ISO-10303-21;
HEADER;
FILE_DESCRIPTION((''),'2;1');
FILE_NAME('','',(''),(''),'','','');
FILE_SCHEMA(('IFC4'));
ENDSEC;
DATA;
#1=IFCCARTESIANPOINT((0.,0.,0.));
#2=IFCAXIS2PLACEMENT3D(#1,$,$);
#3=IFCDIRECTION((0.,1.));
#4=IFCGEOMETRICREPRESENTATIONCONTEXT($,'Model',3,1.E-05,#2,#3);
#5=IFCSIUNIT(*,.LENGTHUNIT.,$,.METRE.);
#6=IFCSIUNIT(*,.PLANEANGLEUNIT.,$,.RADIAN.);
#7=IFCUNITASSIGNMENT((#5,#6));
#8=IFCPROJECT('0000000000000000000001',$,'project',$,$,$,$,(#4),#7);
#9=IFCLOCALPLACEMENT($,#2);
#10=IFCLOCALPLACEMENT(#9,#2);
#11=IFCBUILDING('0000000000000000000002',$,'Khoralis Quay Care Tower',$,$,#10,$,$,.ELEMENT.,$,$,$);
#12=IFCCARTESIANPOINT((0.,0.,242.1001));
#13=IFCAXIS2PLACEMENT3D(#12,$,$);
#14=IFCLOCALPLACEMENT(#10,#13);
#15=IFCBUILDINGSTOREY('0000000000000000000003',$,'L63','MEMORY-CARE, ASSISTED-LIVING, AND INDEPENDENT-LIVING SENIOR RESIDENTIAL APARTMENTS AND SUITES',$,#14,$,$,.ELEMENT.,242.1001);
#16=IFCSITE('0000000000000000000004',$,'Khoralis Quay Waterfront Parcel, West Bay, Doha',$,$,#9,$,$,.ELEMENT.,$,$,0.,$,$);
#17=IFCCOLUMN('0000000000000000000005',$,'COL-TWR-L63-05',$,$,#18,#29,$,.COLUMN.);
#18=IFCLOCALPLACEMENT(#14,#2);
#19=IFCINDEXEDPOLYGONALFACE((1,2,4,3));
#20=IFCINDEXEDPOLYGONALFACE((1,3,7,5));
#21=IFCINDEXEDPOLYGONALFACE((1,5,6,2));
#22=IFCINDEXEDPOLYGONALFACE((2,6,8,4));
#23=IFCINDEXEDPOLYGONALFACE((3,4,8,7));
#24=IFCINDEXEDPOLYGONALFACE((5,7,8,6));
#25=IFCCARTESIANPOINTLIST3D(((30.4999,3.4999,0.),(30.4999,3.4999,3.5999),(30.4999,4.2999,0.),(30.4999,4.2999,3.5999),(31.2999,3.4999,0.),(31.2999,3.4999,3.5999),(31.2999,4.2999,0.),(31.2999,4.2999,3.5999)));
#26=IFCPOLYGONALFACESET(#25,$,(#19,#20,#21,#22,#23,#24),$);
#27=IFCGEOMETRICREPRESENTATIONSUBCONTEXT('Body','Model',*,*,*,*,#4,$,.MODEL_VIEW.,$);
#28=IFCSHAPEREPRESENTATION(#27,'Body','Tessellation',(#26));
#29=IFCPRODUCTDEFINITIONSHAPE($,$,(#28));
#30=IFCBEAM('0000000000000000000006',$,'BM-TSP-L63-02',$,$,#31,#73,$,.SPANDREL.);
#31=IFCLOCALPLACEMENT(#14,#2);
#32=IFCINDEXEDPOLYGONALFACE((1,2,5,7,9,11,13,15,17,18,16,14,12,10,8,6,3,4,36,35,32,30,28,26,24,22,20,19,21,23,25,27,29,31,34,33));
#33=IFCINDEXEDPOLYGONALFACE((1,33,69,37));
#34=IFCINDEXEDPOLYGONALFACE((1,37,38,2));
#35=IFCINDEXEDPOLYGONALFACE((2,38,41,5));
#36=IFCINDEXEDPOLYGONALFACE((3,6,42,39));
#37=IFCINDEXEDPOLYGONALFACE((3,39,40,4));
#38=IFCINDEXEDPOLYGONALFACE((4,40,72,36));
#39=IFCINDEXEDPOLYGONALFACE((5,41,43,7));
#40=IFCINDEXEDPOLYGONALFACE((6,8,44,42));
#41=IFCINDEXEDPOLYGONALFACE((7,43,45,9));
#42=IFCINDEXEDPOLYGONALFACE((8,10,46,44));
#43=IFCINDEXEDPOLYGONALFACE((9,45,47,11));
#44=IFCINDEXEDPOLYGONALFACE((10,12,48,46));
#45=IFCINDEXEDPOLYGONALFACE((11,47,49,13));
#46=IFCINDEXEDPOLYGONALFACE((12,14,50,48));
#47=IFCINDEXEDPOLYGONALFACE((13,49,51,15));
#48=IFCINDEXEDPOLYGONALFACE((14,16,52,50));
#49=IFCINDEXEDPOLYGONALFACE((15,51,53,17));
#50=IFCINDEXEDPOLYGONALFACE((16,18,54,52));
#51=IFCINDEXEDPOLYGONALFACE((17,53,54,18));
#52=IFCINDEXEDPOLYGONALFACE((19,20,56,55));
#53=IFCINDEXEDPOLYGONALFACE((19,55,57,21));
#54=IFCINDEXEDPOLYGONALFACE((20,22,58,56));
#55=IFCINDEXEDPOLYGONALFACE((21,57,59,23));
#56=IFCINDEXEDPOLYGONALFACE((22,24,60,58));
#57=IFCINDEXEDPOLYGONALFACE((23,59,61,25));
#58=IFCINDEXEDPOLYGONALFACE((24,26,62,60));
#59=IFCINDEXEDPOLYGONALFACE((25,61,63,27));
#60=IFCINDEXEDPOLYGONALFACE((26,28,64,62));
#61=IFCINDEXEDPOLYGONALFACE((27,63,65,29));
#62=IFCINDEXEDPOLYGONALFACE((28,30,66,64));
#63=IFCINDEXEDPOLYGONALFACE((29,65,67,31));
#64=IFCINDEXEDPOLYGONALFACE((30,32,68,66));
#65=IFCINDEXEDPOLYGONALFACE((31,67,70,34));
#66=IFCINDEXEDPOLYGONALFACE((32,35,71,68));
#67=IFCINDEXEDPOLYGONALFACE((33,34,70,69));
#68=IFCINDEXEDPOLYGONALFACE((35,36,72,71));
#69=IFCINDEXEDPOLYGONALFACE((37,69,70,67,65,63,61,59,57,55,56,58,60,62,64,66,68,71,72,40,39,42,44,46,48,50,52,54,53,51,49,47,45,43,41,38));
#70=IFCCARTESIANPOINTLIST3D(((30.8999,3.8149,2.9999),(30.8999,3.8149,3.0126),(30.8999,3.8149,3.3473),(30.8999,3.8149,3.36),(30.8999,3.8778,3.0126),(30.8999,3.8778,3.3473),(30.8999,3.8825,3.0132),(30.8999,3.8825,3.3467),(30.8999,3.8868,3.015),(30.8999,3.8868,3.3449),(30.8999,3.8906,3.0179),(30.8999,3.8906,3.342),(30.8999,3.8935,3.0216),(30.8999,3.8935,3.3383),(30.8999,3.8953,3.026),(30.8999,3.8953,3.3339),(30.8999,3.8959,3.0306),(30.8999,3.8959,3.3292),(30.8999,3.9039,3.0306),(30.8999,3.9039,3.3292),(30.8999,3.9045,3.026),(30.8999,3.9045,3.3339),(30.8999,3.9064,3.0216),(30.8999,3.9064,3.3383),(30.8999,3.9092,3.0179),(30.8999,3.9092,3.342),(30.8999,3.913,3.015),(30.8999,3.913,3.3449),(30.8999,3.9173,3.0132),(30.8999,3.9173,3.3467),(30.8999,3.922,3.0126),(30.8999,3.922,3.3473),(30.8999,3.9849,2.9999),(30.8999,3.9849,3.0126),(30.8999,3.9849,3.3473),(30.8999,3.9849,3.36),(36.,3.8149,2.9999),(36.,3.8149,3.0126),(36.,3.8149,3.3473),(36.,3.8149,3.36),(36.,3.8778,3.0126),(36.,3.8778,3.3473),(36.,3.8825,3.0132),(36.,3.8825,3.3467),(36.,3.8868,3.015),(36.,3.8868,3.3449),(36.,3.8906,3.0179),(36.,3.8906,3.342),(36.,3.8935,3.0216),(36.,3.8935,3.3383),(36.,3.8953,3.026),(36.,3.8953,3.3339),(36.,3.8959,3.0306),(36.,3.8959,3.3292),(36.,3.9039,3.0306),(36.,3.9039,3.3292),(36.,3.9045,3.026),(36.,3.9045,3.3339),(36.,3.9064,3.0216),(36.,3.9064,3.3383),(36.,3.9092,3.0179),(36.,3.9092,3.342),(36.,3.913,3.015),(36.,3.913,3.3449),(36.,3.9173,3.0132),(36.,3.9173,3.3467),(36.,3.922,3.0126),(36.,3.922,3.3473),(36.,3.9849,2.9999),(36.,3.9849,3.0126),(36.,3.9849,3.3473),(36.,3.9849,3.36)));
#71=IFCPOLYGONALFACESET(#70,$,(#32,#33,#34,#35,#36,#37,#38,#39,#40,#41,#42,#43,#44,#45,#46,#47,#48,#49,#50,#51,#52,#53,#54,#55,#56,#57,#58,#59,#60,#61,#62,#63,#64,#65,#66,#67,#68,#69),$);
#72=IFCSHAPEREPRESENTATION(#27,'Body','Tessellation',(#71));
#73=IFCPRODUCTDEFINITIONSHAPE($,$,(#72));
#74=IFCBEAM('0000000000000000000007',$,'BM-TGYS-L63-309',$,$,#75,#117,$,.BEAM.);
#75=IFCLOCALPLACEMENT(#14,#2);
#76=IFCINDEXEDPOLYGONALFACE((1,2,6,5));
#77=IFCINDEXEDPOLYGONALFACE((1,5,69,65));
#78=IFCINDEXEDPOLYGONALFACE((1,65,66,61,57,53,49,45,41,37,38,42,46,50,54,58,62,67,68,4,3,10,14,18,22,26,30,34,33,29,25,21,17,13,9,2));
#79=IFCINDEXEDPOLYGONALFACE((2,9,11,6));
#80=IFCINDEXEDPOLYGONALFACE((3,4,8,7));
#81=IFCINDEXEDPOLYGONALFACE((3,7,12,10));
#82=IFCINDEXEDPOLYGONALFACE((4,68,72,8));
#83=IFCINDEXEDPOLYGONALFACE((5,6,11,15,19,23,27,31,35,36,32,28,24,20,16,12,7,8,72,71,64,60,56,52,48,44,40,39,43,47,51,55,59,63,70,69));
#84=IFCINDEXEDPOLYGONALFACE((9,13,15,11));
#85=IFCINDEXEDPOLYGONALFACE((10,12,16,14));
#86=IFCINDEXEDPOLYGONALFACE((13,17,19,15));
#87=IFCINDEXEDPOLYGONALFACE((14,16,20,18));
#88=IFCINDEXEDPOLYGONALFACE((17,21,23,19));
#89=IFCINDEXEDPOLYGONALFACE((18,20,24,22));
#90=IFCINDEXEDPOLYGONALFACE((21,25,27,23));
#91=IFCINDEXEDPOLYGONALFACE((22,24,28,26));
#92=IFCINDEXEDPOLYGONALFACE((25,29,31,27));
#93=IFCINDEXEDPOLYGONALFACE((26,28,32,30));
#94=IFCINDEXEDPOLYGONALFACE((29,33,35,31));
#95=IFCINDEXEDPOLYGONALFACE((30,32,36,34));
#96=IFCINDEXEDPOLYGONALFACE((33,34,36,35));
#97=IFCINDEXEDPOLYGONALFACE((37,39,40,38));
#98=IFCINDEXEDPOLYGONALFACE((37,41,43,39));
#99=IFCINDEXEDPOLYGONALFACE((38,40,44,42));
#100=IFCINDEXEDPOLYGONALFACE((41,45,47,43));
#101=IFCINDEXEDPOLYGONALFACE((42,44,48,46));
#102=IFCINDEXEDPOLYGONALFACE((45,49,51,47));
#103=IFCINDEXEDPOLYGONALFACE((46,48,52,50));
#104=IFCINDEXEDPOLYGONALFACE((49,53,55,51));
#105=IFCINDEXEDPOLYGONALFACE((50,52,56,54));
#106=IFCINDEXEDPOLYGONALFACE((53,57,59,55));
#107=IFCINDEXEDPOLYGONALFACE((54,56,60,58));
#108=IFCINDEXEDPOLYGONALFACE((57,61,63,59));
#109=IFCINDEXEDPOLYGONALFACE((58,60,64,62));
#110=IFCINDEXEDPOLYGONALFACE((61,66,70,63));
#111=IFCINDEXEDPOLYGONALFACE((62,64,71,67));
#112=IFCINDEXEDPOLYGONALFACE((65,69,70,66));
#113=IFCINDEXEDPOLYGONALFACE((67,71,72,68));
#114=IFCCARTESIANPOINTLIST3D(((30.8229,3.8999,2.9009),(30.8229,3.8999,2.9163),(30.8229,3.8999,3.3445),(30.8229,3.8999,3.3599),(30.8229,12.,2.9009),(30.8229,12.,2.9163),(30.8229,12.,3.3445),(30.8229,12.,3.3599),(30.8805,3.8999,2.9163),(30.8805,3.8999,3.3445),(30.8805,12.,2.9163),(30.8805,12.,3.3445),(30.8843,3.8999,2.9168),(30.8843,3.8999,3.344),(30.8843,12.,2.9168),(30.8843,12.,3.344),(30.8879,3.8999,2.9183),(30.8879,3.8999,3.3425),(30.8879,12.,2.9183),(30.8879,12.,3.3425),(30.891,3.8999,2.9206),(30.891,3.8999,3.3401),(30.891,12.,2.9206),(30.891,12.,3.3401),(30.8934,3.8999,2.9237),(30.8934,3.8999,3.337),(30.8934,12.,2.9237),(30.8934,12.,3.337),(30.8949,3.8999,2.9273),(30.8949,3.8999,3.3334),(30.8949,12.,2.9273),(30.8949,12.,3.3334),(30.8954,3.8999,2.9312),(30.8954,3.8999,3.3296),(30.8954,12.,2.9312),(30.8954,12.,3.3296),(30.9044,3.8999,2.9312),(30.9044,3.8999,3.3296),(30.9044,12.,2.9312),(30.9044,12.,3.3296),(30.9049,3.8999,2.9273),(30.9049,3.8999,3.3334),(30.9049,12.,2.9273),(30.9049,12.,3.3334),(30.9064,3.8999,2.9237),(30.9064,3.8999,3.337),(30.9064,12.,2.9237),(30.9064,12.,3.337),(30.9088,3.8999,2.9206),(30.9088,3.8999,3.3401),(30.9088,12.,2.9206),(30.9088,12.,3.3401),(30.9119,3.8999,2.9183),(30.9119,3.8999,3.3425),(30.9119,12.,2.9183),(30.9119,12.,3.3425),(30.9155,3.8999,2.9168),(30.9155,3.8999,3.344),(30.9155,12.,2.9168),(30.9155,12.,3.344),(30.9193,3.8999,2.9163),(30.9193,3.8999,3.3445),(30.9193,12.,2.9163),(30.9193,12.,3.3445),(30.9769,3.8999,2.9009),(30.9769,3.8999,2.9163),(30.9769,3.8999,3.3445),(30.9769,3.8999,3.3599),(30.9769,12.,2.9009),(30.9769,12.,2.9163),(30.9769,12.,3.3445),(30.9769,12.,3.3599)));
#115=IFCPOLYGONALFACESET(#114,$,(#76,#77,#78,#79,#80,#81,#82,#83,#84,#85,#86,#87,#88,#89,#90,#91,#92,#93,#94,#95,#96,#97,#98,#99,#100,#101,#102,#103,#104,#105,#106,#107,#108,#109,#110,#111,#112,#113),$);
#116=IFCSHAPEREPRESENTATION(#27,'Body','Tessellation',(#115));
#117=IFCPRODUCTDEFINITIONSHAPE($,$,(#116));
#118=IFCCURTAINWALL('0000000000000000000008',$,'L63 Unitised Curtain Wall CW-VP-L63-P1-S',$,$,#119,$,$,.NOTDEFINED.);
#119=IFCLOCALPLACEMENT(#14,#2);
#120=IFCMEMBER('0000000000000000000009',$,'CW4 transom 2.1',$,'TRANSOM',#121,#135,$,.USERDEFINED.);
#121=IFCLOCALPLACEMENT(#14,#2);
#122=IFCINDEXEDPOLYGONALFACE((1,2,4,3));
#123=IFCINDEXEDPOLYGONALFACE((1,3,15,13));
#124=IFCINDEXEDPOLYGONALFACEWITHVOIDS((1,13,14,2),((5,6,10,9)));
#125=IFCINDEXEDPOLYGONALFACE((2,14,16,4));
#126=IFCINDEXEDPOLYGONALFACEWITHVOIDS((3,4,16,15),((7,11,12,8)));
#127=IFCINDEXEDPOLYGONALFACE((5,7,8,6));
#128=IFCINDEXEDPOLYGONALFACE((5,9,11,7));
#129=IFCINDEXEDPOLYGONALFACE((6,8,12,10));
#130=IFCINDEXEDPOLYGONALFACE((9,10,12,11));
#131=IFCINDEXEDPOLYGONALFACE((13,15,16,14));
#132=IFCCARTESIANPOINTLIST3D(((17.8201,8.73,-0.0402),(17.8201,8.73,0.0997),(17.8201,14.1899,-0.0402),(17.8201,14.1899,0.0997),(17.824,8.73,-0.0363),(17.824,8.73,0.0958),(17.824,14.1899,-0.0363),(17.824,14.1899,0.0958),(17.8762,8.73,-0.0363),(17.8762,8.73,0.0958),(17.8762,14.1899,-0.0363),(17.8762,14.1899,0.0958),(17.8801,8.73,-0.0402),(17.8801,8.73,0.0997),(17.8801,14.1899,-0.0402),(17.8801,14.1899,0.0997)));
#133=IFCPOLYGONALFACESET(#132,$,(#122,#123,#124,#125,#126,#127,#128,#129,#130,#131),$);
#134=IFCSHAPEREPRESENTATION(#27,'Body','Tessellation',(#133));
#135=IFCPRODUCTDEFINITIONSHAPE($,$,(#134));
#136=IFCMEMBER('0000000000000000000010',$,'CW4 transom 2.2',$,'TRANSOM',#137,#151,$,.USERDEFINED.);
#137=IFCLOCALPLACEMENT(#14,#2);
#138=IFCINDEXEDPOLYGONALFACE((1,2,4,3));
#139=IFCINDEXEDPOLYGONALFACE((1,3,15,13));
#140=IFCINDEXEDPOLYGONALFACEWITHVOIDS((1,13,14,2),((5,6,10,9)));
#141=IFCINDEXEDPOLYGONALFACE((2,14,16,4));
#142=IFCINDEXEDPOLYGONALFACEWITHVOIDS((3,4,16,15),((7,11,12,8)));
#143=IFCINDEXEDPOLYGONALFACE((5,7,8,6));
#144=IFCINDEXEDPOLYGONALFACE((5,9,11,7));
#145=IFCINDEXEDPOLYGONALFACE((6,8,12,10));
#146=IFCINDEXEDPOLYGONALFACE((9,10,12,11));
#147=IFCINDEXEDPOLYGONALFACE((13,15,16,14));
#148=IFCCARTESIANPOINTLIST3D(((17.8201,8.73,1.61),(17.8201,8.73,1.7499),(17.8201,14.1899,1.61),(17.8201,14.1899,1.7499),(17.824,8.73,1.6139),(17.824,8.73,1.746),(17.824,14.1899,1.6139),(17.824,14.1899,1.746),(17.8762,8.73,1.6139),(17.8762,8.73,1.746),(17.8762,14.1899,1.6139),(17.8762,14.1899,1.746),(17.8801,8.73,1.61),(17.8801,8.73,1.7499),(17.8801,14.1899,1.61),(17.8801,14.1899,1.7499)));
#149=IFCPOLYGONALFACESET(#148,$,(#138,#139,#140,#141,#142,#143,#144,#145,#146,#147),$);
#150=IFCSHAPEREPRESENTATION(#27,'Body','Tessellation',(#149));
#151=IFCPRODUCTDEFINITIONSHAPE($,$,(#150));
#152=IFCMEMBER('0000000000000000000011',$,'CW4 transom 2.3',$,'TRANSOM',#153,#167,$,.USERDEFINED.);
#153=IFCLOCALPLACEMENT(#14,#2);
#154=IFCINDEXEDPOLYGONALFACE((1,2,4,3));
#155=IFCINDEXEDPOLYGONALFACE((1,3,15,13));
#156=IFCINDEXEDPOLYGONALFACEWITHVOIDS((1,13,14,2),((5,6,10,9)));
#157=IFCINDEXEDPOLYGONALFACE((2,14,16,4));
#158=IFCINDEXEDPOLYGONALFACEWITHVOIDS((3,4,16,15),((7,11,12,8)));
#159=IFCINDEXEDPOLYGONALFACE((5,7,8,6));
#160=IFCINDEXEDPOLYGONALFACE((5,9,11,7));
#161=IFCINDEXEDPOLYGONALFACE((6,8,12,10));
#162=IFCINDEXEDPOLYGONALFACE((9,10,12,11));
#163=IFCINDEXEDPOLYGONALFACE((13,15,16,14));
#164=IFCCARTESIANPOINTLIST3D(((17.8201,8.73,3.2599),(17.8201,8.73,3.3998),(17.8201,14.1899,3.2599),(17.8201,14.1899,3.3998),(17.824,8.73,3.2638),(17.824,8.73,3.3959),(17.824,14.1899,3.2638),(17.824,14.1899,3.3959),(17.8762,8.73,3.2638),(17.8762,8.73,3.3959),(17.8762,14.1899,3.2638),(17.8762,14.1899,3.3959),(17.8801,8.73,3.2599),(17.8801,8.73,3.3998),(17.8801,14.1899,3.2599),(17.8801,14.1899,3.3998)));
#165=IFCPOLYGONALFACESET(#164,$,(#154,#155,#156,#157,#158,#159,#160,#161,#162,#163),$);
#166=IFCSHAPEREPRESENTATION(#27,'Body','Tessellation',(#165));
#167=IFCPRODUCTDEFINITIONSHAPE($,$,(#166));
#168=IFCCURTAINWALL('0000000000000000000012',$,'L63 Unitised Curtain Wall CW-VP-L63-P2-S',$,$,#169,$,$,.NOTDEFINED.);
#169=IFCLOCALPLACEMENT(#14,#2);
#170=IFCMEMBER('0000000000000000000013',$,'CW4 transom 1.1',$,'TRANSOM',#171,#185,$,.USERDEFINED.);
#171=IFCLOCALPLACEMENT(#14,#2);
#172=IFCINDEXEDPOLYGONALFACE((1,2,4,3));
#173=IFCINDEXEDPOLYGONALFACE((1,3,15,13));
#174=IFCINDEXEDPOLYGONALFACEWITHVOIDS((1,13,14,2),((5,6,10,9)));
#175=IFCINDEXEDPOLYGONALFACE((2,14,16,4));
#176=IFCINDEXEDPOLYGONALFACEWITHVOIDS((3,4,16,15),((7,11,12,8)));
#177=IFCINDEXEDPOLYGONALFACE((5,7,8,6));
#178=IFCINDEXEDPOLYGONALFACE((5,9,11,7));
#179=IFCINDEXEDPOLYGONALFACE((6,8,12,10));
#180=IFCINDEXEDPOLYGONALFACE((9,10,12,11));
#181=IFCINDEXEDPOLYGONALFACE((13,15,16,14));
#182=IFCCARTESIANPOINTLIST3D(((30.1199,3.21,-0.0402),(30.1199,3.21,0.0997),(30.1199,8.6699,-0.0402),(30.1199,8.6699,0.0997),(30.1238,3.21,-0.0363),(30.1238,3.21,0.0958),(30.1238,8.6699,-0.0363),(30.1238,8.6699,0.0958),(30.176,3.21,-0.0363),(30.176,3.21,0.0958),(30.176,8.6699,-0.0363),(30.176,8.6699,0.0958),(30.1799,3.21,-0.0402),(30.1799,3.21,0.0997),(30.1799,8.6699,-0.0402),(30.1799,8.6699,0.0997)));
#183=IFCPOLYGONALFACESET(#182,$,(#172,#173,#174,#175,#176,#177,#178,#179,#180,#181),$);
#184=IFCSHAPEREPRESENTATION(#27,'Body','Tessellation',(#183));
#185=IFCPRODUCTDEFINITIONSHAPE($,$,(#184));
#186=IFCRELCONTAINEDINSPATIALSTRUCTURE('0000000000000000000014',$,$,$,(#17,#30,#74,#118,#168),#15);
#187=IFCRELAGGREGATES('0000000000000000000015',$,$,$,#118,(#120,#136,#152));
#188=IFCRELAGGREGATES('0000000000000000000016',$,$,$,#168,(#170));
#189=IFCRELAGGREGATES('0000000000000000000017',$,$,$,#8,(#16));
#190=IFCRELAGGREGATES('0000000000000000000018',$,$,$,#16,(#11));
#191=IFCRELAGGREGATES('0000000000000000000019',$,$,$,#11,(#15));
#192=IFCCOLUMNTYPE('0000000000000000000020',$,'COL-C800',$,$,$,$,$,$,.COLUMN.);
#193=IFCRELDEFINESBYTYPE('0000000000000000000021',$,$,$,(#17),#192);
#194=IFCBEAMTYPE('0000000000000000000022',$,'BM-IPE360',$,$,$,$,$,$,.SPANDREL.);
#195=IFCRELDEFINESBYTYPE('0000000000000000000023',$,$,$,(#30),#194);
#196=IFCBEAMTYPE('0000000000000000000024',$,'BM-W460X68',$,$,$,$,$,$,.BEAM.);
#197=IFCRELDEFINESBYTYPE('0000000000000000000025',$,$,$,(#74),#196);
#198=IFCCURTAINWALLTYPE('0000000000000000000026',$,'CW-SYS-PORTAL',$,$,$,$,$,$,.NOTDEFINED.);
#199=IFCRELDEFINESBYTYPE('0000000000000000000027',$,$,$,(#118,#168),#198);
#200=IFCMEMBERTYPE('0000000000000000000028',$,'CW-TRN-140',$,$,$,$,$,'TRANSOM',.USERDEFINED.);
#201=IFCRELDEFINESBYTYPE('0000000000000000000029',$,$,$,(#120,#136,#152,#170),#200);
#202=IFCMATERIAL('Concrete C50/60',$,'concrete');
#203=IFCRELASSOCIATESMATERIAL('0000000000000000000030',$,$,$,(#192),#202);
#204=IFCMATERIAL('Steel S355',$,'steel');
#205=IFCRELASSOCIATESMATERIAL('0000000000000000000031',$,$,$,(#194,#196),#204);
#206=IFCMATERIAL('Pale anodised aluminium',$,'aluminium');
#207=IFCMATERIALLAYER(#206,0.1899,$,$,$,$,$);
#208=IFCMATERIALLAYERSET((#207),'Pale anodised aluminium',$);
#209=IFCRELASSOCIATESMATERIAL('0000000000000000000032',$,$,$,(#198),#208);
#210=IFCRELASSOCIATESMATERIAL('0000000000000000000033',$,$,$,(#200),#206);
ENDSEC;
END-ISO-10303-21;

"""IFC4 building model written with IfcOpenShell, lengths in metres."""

from ifc_helpers import new_model, si_unit, direction, frame, origin, origin_2d, place, context, subcontext, project, spatial, rectangle, hollow_rectangle, i_section, extrude, source, transform, mapped, material, layer, layer_set, material_profile, profile_set, type_object, element, aggregate, save


model = new_model("IFC4")

# Units and contexts
model_context = context("Model", 3, precision=1e-05, world=origin(), true_north=direction((0.0, 1.0)))
body_context = subcontext(model_context, "Body", "Model", "MODEL_VIEW")
ifc_project = project(units=[si_unit("LENGTHUNIT", "METRE"), si_unit("PLANEANGLEUNIT", "RADIAN")], contexts=[model_context])

# Site, building, storey
site_placement = place(None, origin())
site = spatial("IfcSite", under=ifc_project, at=site_placement, Name="Khoralis Quay Waterfront Parcel, West Bay, Doha", CompositionType="ELEMENT", RefElevation=0.0)
building_placement = place(site_placement, origin())
building = spatial("IfcBuilding", under=site, at=building_placement, Name="Khoralis Quay Care Tower", CompositionType="ELEMENT")
storey_placement = place(building_placement, frame((0.0, 0.0, 242.1001)))
storey = spatial("IfcBuildingStorey", under=building, at=storey_placement, Name="L63", Description="MEMORY-CARE, ASSISTED-LIVING, AND INDEPENDENT-LIVING SENIOR RESIDENTIAL APARTMENTS AND SUITES", CompositionType="ELEMENT", Elevation=242.1001)

# Column
ifc_material_1 = material(Name="Concrete C50/60", Category="concrete")
ifc_material_profile_1 = material_profile(ifc_material_1, rectangle(XDim=0.8, YDim=0.8, at=origin_2d()), Name="Concrete C50/60")
ifc_profile_set_1 = profile_set([ifc_material_profile_1], Name="Concrete C50/60")
column_type = type_object("IfcColumnType", Name="COL-C800", PredefinedType="COLUMN", material=ifc_profile_set_1)
shared_shape_1 = source(origin(), body_context, "Body", "SweptSolid", [
    extrude(rectangle(XDim=0.8, YDim=0.8, at=origin_2d()), origin(), (0.0, 0.0, 1.0), 3.5999),
])
column_placement = place(storey_placement, frame((30.8999, 3.8999, 0.0), z_axis=(0.0, 0.0, 1.0), x_axis=(1.0, 0.0, 0.0)))
element("IfcColumn", 1, at=column_placement, inside=storey, type_object=column_type, Name="COL-TWR-L63-05", PredefinedType="COLUMN", context=body_context, shape_type="MappedRepresentation", body=[
    mapped(shared_shape_1, transform((0.0, 0.0, 0.0), scale=1.0)),
])

# Beams
ifc_material_2 = material(Name="Steel S355", Category="steel")
ifc_material_profile_2 = material_profile(ifc_material_2, i_section(OverallWidth=0.1699, OverallDepth=0.3601, WebThickness=0.0081, FlangeThickness=0.0127, FilletRadius=0.0181, at=origin_2d()), Name="Steel S355")
ifc_profile_set_2 = profile_set([ifc_material_profile_2], Name="Steel S355")
beam_type_1 = type_object("IfcBeamType", Name="BM-IPE360", PredefinedType="SPANDREL", material=ifc_profile_set_2)
shared_shape_2 = source(origin(), body_context, "Body", "SweptSolid", [
    extrude(i_section(OverallWidth=0.1699, OverallDepth=0.3601, WebThickness=0.0081, FlangeThickness=0.0127, FilletRadius=0.0181, at=origin_2d()), origin(), (0.0, 0.0, 1.0), 5.1001),
])
beam_1_placement = place(storey_placement, frame((30.8999, 3.8999, 3.1799), z_axis=(1.0, 0.0, 0.0), x_axis=(0.0, 1.0, 0.0)))
element("IfcBeam", 2, at=beam_1_placement, inside=storey, type_object=beam_type_1, Name="BM-TSP-L63-02", PredefinedType="SPANDREL", context=body_context, shape_type="MappedRepresentation", body=[
    mapped(shared_shape_2, transform((0.0, 0.0, 0.0), scale=1.0)),
])
ifc_material_profile_3 = material_profile(ifc_material_2, i_section(OverallWidth=0.1541, OverallDepth=0.459, WebThickness=0.009, FlangeThickness=0.0154, FilletRadius=0.0149, at=origin_2d()), Name="Steel S355")
ifc_profile_set_3 = profile_set([ifc_material_profile_3], Name="Steel S355")
beam_type_2 = type_object("IfcBeamType", Name="BM-W460X68", PredefinedType="BEAM", material=ifc_profile_set_3)
shared_shape_3 = source(origin(), body_context, "Body", "SweptSolid", [
    extrude(i_section(OverallWidth=0.1541, OverallDepth=0.459, WebThickness=0.009, FlangeThickness=0.0154, FilletRadius=0.0149, at=origin_2d()), origin(), (0.0, 0.0, 1.0), 8.1001),
])
beam_2_placement = place(storey_placement, frame((30.8999, 3.8999, 3.1304), z_axis=(0.0, 1.0, 0.0), x_axis=(-1.0, 0.0, 0.0)))
element("IfcBeam", 3, at=beam_2_placement, inside=storey, type_object=beam_type_2, Name="BM-TGYS-L63-309", PredefinedType="BEAM", context=body_context, shape_type="MappedRepresentation", body=[
    mapped(shared_shape_3, transform((0.0, 0.0, 0.0), scale=1.0)),
])

# Curtain walls, members
ifc_material_3 = material(Name="Pale anodised aluminium", Category="aluminium")
ifc_layer_1 = layer(ifc_material_3, 0.1899)
ifc_layer_set_1 = layer_set([ifc_layer_1], Name="Pale anodised aluminium")
curtain_wall_type = type_object("IfcCurtainWallType", Name="CW-SYS-PORTAL", PredefinedType="NOTDEFINED", material=ifc_layer_set_1)
curtain_wall_1_placement = place(storey_placement, origin())
curtain_wall_1 = element("IfcCurtainWall", 4, at=curtain_wall_1_placement, inside=storey, type_object=curtain_wall_type, Name="L63 Unitised Curtain Wall CW-VP-L63-P1-S", PredefinedType="NOTDEFINED")
ifc_material_profile_4 = material_profile(ifc_material_3, hollow_rectangle(XDim=0.0601, YDim=0.1399, WallThickness=0.0039, at=origin_2d()), Name="Pale anodised aluminium")
ifc_profile_set_4 = profile_set([ifc_material_profile_4], Name="Pale anodised aluminium")
member_type_1 = type_object("IfcMemberType", Name="CW-TRN-140", ElementType="TRANSOM", PredefinedType="USERDEFINED", material=ifc_profile_set_4)
shared_shape_4 = source(origin(), body_context, "Body", "SweptSolid", [
    extrude(hollow_rectangle(XDim=0.0601, YDim=0.1399, WallThickness=0.0039, at=origin_2d()), origin(), (0.0, 0.0, 1.0), 5.46),
])
member_1_placement = place(storey_placement, frame((17.8501, 8.73, 0.0298), z_axis=(0.0, 1.0, 0.0), x_axis=(-1.0, 0.0, 0.0)))
member_1 = element("IfcMember", 5, at=member_1_placement, type_object=member_type_1, Name="CW4 transom 2.1", ObjectType="TRANSOM", PredefinedType="USERDEFINED", context=body_context, shape_type="MappedRepresentation", body=[
    mapped(shared_shape_4, transform((0.0, 0.0, 0.0), scale=1.0)),
])
member_2_placement = place(storey_placement, frame((17.8501, 8.73, 1.6799), z_axis=(0.0, 1.0, 0.0), x_axis=(-1.0, 0.0, 0.0)))
member_2 = element("IfcMember", 6, at=member_2_placement, type_object=member_type_1, Name="CW4 transom 2.2", ObjectType="TRANSOM", PredefinedType="USERDEFINED", context=body_context, shape_type="MappedRepresentation", body=[
    mapped(shared_shape_4, transform((0.0, 0.0, 0.0), scale=1.0)),
])
member_3_placement = place(storey_placement, frame((17.8501, 8.73, 3.3298), z_axis=(0.0, 1.0, 0.0), x_axis=(-1.0, 0.0, 0.0)))
member_3 = element("IfcMember", 7, at=member_3_placement, type_object=member_type_1, Name="CW4 transom 2.3", ObjectType="TRANSOM", PredefinedType="USERDEFINED", context=body_context, shape_type="MappedRepresentation", body=[
    mapped(shared_shape_4, transform((0.0, 0.0, 0.0), scale=1.0)),
])
curtain_wall_2_placement = place(storey_placement, origin())
curtain_wall_2 = element("IfcCurtainWall", 8, at=curtain_wall_2_placement, inside=storey, type_object=curtain_wall_type, Name="L63 Unitised Curtain Wall CW-VP-L63-P2-S", PredefinedType="NOTDEFINED")
member_4_placement = place(storey_placement, frame((30.1499, 3.21, 0.0298), z_axis=(0.0, 1.0, 0.0), x_axis=(-1.0, 0.0, 0.0)))
member_4 = element("IfcMember", 9, at=member_4_placement, type_object=member_type_1, Name="CW4 transom 1.1", ObjectType="TRANSOM", PredefinedType="USERDEFINED", context=body_context, shape_type="MappedRepresentation", body=[
    mapped(shared_shape_4, transform((0.0, 0.0, 0.0), scale=1.0)),
])

aggregate(curtain_wall_1, [member_1, member_2, member_3])

aggregate(curtain_wall_2, [member_4])

save(model, "model.ifc")
